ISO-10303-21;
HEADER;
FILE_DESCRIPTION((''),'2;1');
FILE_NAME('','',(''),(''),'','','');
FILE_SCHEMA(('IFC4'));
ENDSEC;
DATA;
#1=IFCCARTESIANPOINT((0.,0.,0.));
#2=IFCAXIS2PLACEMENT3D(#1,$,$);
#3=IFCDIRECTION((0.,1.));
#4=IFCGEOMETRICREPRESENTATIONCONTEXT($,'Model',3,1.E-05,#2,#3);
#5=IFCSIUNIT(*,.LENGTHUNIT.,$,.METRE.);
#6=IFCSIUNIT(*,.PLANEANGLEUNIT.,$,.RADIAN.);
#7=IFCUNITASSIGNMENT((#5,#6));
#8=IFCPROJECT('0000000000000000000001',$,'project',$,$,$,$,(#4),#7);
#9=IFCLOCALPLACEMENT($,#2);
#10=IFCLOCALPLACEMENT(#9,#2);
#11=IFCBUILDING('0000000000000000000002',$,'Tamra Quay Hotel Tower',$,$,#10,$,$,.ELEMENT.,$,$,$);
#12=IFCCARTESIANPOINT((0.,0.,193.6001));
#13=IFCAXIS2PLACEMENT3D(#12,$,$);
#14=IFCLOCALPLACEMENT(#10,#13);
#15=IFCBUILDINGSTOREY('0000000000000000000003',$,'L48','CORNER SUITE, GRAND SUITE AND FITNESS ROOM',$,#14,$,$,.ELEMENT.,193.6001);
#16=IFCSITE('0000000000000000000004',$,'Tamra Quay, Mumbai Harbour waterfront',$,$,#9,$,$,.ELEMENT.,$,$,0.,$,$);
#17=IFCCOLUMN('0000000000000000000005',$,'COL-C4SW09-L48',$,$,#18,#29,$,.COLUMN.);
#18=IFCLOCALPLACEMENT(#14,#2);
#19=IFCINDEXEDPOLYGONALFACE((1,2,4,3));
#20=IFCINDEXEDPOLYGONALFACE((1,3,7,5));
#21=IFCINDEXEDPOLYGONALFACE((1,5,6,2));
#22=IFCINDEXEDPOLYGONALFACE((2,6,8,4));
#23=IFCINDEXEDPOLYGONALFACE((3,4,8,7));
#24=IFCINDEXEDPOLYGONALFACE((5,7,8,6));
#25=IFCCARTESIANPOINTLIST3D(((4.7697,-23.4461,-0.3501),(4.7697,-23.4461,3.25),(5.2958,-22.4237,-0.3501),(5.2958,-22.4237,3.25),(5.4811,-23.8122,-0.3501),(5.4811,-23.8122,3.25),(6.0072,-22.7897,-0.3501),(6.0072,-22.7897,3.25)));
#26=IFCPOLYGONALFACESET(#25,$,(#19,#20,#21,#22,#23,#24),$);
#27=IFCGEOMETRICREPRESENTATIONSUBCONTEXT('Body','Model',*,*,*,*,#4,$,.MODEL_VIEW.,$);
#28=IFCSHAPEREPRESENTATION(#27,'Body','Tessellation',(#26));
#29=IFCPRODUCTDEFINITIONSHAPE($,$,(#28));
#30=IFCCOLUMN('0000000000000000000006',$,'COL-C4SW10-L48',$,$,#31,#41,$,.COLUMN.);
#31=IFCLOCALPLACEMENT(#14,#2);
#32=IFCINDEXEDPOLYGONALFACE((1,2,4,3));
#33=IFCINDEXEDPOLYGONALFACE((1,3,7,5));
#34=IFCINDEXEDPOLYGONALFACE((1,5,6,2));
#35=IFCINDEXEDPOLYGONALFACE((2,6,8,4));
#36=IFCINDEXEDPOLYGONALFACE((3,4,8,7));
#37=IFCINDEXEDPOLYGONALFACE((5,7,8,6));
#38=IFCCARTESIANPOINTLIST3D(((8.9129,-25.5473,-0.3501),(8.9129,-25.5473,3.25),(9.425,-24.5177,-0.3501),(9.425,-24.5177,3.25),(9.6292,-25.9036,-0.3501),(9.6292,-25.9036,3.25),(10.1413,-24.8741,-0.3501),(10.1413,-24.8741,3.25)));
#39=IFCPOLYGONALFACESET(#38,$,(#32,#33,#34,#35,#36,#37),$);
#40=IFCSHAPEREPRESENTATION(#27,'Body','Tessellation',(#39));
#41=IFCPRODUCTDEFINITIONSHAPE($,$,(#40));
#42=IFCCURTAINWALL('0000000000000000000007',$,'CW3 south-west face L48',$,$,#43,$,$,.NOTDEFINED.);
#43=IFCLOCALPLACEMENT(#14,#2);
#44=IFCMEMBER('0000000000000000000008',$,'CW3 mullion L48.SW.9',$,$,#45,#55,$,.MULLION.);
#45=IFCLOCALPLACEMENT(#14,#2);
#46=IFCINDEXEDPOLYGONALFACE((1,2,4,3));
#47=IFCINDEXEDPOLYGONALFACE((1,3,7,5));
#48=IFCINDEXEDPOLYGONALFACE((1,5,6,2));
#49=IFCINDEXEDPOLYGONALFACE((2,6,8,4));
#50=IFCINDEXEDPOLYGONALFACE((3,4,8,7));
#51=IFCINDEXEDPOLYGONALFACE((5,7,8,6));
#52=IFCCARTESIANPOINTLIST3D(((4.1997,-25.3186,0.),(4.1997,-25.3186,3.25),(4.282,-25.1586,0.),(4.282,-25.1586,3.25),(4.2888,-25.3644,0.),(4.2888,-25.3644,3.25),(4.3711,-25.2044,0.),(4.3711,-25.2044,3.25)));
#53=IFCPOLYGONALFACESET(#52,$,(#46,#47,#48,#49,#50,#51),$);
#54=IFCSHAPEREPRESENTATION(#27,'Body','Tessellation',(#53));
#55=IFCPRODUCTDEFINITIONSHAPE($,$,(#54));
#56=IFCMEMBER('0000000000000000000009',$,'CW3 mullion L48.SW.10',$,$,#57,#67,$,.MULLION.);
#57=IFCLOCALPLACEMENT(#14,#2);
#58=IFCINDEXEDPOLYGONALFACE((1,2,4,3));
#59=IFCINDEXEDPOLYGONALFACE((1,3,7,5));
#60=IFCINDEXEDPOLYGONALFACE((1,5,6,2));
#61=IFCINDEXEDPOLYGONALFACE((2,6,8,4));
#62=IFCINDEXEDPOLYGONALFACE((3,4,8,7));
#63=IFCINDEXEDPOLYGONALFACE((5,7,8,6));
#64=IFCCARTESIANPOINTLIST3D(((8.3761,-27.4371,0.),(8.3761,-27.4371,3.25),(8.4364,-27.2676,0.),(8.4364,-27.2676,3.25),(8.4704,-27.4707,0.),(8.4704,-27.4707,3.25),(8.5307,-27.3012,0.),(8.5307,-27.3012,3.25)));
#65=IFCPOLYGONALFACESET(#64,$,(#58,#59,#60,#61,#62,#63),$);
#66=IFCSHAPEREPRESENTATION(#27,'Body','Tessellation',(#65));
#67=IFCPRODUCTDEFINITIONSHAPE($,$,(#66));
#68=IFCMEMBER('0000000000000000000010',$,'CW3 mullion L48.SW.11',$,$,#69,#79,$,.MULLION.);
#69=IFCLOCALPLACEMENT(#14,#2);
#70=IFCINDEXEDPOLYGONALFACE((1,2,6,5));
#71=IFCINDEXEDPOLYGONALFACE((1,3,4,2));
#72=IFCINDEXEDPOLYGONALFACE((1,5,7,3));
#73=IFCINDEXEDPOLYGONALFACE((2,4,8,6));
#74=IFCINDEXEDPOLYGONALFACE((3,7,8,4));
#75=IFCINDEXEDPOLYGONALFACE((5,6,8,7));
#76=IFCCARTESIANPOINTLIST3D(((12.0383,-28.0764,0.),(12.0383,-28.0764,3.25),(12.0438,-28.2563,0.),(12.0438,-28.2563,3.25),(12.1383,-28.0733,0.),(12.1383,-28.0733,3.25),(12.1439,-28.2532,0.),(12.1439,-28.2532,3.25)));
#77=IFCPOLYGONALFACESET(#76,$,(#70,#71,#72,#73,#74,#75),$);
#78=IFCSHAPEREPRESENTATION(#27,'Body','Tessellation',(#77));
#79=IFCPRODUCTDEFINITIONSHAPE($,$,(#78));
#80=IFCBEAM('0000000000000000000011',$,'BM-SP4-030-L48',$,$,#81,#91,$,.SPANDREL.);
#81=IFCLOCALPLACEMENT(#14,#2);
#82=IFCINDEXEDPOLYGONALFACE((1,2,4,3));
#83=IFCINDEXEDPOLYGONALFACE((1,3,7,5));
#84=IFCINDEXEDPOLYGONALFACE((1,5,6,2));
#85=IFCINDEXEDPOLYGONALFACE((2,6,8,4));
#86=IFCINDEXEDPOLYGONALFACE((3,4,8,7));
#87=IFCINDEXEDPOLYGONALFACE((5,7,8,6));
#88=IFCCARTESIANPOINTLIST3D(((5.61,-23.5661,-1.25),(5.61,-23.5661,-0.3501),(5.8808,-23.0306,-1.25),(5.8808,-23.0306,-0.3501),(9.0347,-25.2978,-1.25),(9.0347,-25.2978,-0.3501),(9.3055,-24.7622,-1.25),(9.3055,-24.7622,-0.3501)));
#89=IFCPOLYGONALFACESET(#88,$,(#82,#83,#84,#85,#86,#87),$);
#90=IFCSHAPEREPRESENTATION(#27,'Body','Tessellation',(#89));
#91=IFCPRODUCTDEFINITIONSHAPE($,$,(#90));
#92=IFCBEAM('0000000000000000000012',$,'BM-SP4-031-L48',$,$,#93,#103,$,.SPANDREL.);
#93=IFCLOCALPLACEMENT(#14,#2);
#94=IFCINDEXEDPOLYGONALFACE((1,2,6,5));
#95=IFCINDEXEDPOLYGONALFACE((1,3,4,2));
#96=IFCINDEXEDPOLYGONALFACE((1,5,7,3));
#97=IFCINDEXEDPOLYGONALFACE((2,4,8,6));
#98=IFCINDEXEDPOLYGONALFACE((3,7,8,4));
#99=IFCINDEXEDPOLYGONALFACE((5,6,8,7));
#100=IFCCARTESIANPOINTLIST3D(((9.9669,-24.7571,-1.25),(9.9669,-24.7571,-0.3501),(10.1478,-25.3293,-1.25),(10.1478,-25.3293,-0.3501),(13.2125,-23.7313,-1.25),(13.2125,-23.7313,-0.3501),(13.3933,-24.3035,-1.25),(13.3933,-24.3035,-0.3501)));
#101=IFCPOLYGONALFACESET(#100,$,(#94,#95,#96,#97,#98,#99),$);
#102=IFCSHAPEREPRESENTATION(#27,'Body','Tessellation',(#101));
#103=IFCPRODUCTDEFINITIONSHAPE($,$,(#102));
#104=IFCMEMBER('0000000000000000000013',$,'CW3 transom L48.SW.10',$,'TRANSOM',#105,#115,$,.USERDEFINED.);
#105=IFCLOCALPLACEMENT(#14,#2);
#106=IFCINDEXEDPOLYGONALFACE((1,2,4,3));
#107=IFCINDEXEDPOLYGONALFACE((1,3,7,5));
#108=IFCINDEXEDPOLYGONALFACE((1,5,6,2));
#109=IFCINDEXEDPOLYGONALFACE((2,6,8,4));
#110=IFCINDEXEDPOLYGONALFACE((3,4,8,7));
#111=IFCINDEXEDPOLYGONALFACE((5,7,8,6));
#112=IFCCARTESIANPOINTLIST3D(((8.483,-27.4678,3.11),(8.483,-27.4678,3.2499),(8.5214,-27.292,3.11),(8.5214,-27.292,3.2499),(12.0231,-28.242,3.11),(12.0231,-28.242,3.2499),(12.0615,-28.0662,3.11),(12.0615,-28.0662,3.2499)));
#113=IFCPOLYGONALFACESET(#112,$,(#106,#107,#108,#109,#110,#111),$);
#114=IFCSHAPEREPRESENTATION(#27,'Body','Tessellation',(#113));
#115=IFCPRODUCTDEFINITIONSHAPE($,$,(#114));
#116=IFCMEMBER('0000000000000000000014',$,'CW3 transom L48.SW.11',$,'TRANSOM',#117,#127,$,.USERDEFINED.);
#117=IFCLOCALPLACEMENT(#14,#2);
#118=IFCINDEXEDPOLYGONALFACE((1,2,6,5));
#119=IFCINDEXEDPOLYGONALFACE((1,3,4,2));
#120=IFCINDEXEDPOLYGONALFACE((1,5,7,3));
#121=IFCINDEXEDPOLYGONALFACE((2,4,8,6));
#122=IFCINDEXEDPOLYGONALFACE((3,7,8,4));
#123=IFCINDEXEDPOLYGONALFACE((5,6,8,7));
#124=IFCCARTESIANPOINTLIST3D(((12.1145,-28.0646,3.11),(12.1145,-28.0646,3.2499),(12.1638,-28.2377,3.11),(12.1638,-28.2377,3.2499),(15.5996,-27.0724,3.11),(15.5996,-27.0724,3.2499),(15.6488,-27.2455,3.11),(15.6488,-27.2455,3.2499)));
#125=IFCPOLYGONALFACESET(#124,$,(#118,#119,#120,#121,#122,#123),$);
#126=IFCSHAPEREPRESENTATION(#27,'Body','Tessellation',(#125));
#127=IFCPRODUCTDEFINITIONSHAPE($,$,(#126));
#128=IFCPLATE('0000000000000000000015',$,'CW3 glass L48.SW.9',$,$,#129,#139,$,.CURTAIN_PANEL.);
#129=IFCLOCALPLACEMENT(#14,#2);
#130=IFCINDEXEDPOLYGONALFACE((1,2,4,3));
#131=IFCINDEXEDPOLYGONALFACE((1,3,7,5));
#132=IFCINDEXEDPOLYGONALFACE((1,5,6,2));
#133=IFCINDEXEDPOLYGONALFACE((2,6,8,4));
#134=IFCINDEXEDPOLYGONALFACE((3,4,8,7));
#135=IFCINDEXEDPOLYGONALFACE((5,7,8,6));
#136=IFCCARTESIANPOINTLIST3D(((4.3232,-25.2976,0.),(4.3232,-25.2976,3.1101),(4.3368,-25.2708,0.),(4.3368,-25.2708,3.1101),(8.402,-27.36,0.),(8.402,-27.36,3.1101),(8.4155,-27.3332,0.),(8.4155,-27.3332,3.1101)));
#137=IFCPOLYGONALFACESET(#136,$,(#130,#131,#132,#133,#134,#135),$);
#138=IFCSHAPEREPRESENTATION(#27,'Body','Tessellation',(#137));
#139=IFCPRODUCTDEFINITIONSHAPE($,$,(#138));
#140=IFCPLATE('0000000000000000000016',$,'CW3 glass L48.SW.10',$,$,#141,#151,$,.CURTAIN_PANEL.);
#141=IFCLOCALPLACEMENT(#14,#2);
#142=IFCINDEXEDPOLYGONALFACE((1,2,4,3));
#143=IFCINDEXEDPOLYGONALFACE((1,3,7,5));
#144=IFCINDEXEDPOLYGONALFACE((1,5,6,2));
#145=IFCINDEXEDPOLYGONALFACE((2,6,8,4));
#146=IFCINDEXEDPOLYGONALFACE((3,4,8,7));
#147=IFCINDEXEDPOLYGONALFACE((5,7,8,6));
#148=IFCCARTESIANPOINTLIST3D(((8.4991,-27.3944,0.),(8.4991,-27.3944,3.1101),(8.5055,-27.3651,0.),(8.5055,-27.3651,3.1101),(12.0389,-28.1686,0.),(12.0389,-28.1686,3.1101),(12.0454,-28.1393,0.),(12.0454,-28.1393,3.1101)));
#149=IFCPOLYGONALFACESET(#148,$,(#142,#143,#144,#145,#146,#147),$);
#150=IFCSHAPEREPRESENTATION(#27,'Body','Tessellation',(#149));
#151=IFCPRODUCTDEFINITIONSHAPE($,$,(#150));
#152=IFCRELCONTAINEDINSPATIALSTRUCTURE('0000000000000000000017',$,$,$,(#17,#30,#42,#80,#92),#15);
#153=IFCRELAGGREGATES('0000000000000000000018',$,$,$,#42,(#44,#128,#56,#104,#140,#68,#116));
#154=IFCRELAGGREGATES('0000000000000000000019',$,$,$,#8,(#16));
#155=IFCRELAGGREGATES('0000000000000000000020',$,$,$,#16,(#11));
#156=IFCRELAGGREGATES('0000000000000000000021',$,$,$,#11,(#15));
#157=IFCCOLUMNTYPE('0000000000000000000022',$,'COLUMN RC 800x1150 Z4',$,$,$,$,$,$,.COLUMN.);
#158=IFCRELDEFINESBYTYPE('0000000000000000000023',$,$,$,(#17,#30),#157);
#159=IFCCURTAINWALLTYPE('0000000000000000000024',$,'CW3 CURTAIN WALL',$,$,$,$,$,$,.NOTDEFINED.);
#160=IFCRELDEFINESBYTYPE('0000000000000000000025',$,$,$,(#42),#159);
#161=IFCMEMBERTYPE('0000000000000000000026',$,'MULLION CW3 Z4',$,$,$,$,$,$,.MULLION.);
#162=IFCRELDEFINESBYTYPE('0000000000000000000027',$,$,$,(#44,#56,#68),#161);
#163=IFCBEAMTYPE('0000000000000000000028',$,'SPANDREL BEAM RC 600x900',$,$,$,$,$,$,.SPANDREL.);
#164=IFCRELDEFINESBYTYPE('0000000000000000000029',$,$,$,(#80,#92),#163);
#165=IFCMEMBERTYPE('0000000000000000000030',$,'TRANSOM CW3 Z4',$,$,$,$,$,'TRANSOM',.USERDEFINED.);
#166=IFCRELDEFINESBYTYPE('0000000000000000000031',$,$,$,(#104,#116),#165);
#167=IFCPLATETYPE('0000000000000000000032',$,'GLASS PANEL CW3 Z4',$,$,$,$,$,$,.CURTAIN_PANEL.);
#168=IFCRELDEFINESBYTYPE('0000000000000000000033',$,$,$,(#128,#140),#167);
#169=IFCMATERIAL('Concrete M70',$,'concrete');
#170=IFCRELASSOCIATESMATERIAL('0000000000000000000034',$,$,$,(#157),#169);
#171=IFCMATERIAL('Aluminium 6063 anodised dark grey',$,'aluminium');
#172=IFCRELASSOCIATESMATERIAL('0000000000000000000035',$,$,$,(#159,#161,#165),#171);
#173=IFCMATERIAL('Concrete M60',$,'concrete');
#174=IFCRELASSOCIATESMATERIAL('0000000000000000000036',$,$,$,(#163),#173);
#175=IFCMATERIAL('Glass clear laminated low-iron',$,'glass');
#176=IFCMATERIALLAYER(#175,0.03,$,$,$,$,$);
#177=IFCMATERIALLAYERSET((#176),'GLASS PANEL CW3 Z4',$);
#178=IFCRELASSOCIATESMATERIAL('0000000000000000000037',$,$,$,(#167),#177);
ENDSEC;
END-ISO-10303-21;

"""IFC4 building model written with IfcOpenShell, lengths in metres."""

from ifc_helpers import new_model, si_unit, direction, frame, origin, origin_2d, place, context, subcontext, project, spatial, rectangle, extrude, material, layer, layer_set, material_profile, profile_set, type_object, element, aggregate, save


model = new_model("IFC4")

# Units and contexts
model_context = context("Model", 3, precision=1e-05, world=origin(), true_north=direction((0.0, 1.0)))
body_context = subcontext(model_context, "Body", "Model", "MODEL_VIEW")
ifc_project = project(units=[si_unit("LENGTHUNIT", "METRE"), si_unit("PLANEANGLEUNIT", "RADIAN")], contexts=[model_context])

# Site, building, storey
site_placement = place(None, origin())
site = spatial("IfcSite", under=ifc_project, at=site_placement, Name="Tamra Quay, Mumbai Harbour waterfront", CompositionType="ELEMENT", RefElevation=0.0)
building_placement = place(site_placement, origin())
building = spatial("IfcBuilding", under=site, at=building_placement, Name="Tamra Quay Hotel Tower", CompositionType="ELEMENT")
storey_placement = place(building_placement, frame((0.0, 0.0, 193.6001)))
storey = spatial("IfcBuildingStorey", under=building, at=storey_placement, Name="L48", Description="CORNER SUITE, GRAND SUITE AND FITNESS ROOM", CompositionType="ELEMENT", Elevation=193.6001)

# Columns
ifc_material_1 = material(Name="Concrete M70", Category="concrete")
ifc_material_profile_1 = material_profile(ifc_material_1, rectangle(XDim=1.1499, YDim=0.8, at=origin_2d()), Name="COLUMN RC 800x1150 Z4")
ifc_profile_set_1 = profile_set([ifc_material_profile_1], Name="Concrete M70")
column_type = type_object("IfcColumnType", Name="COLUMN RC 800x1150 Z4", PredefinedType="COLUMN", material=ifc_profile_set_1)
for number, where, z_axis, x_axis, name in (
    (1, (5.3884, -23.1179, -0.3501), (0.0, 0.0, 1.0), (0.457548, 0.889185, 0.0), "COL-C4SW09-L48"),
    (2, (9.5271, -25.2107, -0.3501), (0.0, 0.0, 1.0), (0.445415, 0.895324, 0.0), "COL-C4SW10-L48"),
):
    element("IfcColumn", number, at=place(storey_placement, frame(where, z_axis=z_axis, x_axis=x_axis)), inside=storey, type_object=column_type, Name=name, PredefinedType="COLUMN", context=body_context, shape_type="SweptSolid", body=[
        extrude(rectangle(XDim=1.1499, YDim=0.8, at=origin_2d()), origin(), (0.0, 0.0, 1.0), 3.6001),
    ])

# Curtain wall, members
ifc_material_2 = material(Name="Aluminium 6063 anodised dark grey", Category="aluminium")
curtain_wall_type = type_object("IfcCurtainWallType", Name="CW3 CURTAIN WALL", PredefinedType="NOTDEFINED", material=ifc_material_2)
curtain_wall_placement = place(storey_placement, origin())
curtain_wall = element("IfcCurtainWall", 3, at=curtain_wall_placement, inside=storey, type_object=curtain_wall_type, Name="CW3 south-west face L48", PredefinedType="NOTDEFINED")
ifc_material_profile_2 = material_profile(ifc_material_2, rectangle(XDim=0.1799, YDim=0.1001, at=origin_2d()), Name="MULLION 100X180")
ifc_profile_set_2 = profile_set([ifc_material_profile_2], Name="Aluminium 6063 anodised dark grey")
member_type_1 = type_object("IfcMemberType", Name="MULLION CW3 Z4", PredefinedType="MULLION", material=ifc_profile_set_2)
member_1_placement = place(storey_placement, frame((4.2854, -25.2615, 0.0), z_axis=(0.0, 0.0, 1.0), x_axis=(-0.457401, -0.88926, 0.0)))
member_1 = element("IfcMember", 4, at=member_1_placement, type_object=member_type_1, Name="CW3 mullion L48.SW.9", PredefinedType="MULLION", context=body_context, shape_type="SweptSolid", body=[
    extrude(rectangle(XDim=0.1799, YDim=0.1001, at=origin_2d()), origin(), (0.0, 0.0, 1.0), 3.25),
])
member_2_placement = place(storey_placement, frame((8.4534, -27.3691, 0.0), z_axis=(0.0, 0.0, 1.0), x_axis=(-0.335128, -0.942172, 0.0)))
member_2 = element("IfcMember", 5, at=member_2_placement, type_object=member_type_1, Name="CW3 mullion L48.SW.10", PredefinedType="MULLION", context=body_context, shape_type="SweptSolid", body=[
    extrude(rectangle(XDim=0.1799, YDim=0.1001, at=origin_2d()), origin(), (0.0, 0.0, 1.0), 3.25),
])
member_3_placement = place(storey_placement, frame((12.0911, -28.1648, 0.0), z_axis=(0.0, 0.0, 1.0), x_axis=(0.030975, -0.99952, 0.0)))
member_3 = element("IfcMember", 6, at=member_3_placement, type_object=member_type_1, Name="CW3 mullion L48.SW.11", PredefinedType="MULLION", context=body_context, shape_type="SweptSolid", body=[
    extrude(rectangle(XDim=0.1799, YDim=0.1001, at=origin_2d()), origin(), (0.0, 0.0, 1.0), 3.25),
])

# Beams
ifc_material_3 = material(Name="Concrete M60", Category="concrete")
ifc_material_profile_3 = material_profile(ifc_material_3, rectangle(XDim=0.6001, YDim=0.8999, at=origin_2d()), Name="SPANDREL BEAM RC 600x900")
ifc_profile_set_3 = profile_set([ifc_material_profile_3], Name="Concrete M60")
beam_type = type_object("IfcBeamType", Name="SPANDREL BEAM RC 600x900", PredefinedType="SPANDREL", material=ifc_profile_set_3)
beam_1_placement = place(storey_placement, frame((5.7454, -23.2983, -0.8), z_axis=(0.892408, -0.45123, 0.0), x_axis=(0.45123, 0.892408, 0.0)))
element("IfcBeam", 7, at=beam_1_placement, inside=storey, type_object=beam_type, Name="BM-SP4-030-L48", PredefinedType="SPANDREL", context=body_context, shape_type="SweptSolid", body=[
    extrude(rectangle(XDim=0.6001, YDim=0.8999, at=origin_2d()), origin(), (0.0, 0.0, 1.0), 3.8376),
])
beam_2_placement = place(storey_placement, frame((10.0574, -25.0432, -0.8), z_axis=(0.953502, 0.301385, 0.0), x_axis=(-0.301385, 0.953502, 0.0)))
element("IfcBeam", 8, at=beam_2_placement, inside=storey, type_object=beam_type, Name="BM-SP4-031-L48", PredefinedType="SPANDREL", context=body_context, shape_type="SweptSolid", body=[
    extrude(rectangle(XDim=0.6001, YDim=0.8999, at=origin_2d()), origin(), (0.0, 0.0, 1.0), 3.4038),
])

# Members
ifc_material_profile_4 = material_profile(ifc_material_2, rectangle(XDim=0.1799, YDim=0.1399, at=origin_2d()), Name="TRANSOM 180X140")
ifc_profile_set_4 = profile_set([ifc_material_profile_4], Name="Aluminium 6063 anodised dark grey")
member_type_2 = type_object("IfcMemberType", Name="TRANSOM CW3 Z4", ElementType="TRANSOM", PredefinedType="USERDEFINED", material=ifc_profile_set_4)
member_4_placement = place(storey_placement, frame((8.5022, -27.3799, 3.1799), z_axis=(0.976912, -0.213641, 0.0), x_axis=(0.213641, 0.976912, 0.0)))
member_4 = element("IfcMember", 9, at=member_4_placement, type_object=member_type_2, Name="CW3 transom L48.SW.10", ObjectType="TRANSOM", PredefinedType="USERDEFINED", context=body_context, shape_type="SweptSolid", body=[
    extrude(rectangle(XDim=0.1799, YDim=0.1399, at=origin_2d()), origin(), (0.0, 0.0, 1.0), 3.6238),
])
member_5_placement = place(storey_placement, frame((12.1392, -28.1511, 3.1799), z_axis=(0.961783, 0.273813, 0.0), x_axis=(-0.273813, 0.961783, 0.0)))
member_5 = element("IfcMember", 10, at=member_5_placement, type_object=member_type_2, Name="CW3 transom L48.SW.11", ObjectType="TRANSOM", PredefinedType="USERDEFINED", context=body_context, shape_type="SweptSolid", body=[
    extrude(rectangle(XDim=0.1799, YDim=0.1399, at=origin_2d()), origin(), (0.0, 0.0, 1.0), 3.6235),
])

# Plates
ifc_material_4 = material(Name="Glass clear laminated low-iron", Category="glass")
ifc_layer_1 = layer(ifc_material_4, 0.03)
ifc_layer_set_1 = layer_set([ifc_layer_1], Name="GLASS PANEL CW3 Z4")
plate_type = type_object("IfcPlateType", Name="GLASS PANEL CW3 Z4", PredefinedType="CURTAIN_PANEL", material=ifc_layer_set_1)
plate_1_placement = place(storey_placement, frame((6.3694, -26.3154, 0.0), z_axis=(0.0, 0.0, 1.0), x_axis=(0.892403, -0.45124, 0.0)))
plate_1 = element("IfcPlate", 11, at=plate_1_placement, type_object=plate_type, Name="CW3 glass L48.SW.9", PredefinedType="CURTAIN_PANEL", context=body_context, shape_type="SweptSolid", body=[
    extrude(rectangle(XDim=4.5706, YDim=0.03, at=origin_2d()), origin(), (0.0, 0.0, 1.0), 3.1101),
])
plate_2_placement = place(storey_placement, frame((10.2722, -27.7668, 0.0), z_axis=(0.0, 0.0, 1.0), x_axis=(0.976906, -0.213669, 0.0)))
plate_2 = element("IfcPlate", 12, at=plate_2_placement, type_object=plate_type, Name="CW3 glass L48.SW.10", PredefinedType="CURTAIN_PANEL", context=body_context, shape_type="SweptSolid", body=[
    extrude(rectangle(XDim=3.6235, YDim=0.03, at=origin_2d()), origin(), (0.0, 0.0, 1.0), 3.1101),
])
aggregate(curtain_wall, [member_1, plate_1, member_2, member_4, plate_2, member_3, member_5])

save(model, "model.ifc")
